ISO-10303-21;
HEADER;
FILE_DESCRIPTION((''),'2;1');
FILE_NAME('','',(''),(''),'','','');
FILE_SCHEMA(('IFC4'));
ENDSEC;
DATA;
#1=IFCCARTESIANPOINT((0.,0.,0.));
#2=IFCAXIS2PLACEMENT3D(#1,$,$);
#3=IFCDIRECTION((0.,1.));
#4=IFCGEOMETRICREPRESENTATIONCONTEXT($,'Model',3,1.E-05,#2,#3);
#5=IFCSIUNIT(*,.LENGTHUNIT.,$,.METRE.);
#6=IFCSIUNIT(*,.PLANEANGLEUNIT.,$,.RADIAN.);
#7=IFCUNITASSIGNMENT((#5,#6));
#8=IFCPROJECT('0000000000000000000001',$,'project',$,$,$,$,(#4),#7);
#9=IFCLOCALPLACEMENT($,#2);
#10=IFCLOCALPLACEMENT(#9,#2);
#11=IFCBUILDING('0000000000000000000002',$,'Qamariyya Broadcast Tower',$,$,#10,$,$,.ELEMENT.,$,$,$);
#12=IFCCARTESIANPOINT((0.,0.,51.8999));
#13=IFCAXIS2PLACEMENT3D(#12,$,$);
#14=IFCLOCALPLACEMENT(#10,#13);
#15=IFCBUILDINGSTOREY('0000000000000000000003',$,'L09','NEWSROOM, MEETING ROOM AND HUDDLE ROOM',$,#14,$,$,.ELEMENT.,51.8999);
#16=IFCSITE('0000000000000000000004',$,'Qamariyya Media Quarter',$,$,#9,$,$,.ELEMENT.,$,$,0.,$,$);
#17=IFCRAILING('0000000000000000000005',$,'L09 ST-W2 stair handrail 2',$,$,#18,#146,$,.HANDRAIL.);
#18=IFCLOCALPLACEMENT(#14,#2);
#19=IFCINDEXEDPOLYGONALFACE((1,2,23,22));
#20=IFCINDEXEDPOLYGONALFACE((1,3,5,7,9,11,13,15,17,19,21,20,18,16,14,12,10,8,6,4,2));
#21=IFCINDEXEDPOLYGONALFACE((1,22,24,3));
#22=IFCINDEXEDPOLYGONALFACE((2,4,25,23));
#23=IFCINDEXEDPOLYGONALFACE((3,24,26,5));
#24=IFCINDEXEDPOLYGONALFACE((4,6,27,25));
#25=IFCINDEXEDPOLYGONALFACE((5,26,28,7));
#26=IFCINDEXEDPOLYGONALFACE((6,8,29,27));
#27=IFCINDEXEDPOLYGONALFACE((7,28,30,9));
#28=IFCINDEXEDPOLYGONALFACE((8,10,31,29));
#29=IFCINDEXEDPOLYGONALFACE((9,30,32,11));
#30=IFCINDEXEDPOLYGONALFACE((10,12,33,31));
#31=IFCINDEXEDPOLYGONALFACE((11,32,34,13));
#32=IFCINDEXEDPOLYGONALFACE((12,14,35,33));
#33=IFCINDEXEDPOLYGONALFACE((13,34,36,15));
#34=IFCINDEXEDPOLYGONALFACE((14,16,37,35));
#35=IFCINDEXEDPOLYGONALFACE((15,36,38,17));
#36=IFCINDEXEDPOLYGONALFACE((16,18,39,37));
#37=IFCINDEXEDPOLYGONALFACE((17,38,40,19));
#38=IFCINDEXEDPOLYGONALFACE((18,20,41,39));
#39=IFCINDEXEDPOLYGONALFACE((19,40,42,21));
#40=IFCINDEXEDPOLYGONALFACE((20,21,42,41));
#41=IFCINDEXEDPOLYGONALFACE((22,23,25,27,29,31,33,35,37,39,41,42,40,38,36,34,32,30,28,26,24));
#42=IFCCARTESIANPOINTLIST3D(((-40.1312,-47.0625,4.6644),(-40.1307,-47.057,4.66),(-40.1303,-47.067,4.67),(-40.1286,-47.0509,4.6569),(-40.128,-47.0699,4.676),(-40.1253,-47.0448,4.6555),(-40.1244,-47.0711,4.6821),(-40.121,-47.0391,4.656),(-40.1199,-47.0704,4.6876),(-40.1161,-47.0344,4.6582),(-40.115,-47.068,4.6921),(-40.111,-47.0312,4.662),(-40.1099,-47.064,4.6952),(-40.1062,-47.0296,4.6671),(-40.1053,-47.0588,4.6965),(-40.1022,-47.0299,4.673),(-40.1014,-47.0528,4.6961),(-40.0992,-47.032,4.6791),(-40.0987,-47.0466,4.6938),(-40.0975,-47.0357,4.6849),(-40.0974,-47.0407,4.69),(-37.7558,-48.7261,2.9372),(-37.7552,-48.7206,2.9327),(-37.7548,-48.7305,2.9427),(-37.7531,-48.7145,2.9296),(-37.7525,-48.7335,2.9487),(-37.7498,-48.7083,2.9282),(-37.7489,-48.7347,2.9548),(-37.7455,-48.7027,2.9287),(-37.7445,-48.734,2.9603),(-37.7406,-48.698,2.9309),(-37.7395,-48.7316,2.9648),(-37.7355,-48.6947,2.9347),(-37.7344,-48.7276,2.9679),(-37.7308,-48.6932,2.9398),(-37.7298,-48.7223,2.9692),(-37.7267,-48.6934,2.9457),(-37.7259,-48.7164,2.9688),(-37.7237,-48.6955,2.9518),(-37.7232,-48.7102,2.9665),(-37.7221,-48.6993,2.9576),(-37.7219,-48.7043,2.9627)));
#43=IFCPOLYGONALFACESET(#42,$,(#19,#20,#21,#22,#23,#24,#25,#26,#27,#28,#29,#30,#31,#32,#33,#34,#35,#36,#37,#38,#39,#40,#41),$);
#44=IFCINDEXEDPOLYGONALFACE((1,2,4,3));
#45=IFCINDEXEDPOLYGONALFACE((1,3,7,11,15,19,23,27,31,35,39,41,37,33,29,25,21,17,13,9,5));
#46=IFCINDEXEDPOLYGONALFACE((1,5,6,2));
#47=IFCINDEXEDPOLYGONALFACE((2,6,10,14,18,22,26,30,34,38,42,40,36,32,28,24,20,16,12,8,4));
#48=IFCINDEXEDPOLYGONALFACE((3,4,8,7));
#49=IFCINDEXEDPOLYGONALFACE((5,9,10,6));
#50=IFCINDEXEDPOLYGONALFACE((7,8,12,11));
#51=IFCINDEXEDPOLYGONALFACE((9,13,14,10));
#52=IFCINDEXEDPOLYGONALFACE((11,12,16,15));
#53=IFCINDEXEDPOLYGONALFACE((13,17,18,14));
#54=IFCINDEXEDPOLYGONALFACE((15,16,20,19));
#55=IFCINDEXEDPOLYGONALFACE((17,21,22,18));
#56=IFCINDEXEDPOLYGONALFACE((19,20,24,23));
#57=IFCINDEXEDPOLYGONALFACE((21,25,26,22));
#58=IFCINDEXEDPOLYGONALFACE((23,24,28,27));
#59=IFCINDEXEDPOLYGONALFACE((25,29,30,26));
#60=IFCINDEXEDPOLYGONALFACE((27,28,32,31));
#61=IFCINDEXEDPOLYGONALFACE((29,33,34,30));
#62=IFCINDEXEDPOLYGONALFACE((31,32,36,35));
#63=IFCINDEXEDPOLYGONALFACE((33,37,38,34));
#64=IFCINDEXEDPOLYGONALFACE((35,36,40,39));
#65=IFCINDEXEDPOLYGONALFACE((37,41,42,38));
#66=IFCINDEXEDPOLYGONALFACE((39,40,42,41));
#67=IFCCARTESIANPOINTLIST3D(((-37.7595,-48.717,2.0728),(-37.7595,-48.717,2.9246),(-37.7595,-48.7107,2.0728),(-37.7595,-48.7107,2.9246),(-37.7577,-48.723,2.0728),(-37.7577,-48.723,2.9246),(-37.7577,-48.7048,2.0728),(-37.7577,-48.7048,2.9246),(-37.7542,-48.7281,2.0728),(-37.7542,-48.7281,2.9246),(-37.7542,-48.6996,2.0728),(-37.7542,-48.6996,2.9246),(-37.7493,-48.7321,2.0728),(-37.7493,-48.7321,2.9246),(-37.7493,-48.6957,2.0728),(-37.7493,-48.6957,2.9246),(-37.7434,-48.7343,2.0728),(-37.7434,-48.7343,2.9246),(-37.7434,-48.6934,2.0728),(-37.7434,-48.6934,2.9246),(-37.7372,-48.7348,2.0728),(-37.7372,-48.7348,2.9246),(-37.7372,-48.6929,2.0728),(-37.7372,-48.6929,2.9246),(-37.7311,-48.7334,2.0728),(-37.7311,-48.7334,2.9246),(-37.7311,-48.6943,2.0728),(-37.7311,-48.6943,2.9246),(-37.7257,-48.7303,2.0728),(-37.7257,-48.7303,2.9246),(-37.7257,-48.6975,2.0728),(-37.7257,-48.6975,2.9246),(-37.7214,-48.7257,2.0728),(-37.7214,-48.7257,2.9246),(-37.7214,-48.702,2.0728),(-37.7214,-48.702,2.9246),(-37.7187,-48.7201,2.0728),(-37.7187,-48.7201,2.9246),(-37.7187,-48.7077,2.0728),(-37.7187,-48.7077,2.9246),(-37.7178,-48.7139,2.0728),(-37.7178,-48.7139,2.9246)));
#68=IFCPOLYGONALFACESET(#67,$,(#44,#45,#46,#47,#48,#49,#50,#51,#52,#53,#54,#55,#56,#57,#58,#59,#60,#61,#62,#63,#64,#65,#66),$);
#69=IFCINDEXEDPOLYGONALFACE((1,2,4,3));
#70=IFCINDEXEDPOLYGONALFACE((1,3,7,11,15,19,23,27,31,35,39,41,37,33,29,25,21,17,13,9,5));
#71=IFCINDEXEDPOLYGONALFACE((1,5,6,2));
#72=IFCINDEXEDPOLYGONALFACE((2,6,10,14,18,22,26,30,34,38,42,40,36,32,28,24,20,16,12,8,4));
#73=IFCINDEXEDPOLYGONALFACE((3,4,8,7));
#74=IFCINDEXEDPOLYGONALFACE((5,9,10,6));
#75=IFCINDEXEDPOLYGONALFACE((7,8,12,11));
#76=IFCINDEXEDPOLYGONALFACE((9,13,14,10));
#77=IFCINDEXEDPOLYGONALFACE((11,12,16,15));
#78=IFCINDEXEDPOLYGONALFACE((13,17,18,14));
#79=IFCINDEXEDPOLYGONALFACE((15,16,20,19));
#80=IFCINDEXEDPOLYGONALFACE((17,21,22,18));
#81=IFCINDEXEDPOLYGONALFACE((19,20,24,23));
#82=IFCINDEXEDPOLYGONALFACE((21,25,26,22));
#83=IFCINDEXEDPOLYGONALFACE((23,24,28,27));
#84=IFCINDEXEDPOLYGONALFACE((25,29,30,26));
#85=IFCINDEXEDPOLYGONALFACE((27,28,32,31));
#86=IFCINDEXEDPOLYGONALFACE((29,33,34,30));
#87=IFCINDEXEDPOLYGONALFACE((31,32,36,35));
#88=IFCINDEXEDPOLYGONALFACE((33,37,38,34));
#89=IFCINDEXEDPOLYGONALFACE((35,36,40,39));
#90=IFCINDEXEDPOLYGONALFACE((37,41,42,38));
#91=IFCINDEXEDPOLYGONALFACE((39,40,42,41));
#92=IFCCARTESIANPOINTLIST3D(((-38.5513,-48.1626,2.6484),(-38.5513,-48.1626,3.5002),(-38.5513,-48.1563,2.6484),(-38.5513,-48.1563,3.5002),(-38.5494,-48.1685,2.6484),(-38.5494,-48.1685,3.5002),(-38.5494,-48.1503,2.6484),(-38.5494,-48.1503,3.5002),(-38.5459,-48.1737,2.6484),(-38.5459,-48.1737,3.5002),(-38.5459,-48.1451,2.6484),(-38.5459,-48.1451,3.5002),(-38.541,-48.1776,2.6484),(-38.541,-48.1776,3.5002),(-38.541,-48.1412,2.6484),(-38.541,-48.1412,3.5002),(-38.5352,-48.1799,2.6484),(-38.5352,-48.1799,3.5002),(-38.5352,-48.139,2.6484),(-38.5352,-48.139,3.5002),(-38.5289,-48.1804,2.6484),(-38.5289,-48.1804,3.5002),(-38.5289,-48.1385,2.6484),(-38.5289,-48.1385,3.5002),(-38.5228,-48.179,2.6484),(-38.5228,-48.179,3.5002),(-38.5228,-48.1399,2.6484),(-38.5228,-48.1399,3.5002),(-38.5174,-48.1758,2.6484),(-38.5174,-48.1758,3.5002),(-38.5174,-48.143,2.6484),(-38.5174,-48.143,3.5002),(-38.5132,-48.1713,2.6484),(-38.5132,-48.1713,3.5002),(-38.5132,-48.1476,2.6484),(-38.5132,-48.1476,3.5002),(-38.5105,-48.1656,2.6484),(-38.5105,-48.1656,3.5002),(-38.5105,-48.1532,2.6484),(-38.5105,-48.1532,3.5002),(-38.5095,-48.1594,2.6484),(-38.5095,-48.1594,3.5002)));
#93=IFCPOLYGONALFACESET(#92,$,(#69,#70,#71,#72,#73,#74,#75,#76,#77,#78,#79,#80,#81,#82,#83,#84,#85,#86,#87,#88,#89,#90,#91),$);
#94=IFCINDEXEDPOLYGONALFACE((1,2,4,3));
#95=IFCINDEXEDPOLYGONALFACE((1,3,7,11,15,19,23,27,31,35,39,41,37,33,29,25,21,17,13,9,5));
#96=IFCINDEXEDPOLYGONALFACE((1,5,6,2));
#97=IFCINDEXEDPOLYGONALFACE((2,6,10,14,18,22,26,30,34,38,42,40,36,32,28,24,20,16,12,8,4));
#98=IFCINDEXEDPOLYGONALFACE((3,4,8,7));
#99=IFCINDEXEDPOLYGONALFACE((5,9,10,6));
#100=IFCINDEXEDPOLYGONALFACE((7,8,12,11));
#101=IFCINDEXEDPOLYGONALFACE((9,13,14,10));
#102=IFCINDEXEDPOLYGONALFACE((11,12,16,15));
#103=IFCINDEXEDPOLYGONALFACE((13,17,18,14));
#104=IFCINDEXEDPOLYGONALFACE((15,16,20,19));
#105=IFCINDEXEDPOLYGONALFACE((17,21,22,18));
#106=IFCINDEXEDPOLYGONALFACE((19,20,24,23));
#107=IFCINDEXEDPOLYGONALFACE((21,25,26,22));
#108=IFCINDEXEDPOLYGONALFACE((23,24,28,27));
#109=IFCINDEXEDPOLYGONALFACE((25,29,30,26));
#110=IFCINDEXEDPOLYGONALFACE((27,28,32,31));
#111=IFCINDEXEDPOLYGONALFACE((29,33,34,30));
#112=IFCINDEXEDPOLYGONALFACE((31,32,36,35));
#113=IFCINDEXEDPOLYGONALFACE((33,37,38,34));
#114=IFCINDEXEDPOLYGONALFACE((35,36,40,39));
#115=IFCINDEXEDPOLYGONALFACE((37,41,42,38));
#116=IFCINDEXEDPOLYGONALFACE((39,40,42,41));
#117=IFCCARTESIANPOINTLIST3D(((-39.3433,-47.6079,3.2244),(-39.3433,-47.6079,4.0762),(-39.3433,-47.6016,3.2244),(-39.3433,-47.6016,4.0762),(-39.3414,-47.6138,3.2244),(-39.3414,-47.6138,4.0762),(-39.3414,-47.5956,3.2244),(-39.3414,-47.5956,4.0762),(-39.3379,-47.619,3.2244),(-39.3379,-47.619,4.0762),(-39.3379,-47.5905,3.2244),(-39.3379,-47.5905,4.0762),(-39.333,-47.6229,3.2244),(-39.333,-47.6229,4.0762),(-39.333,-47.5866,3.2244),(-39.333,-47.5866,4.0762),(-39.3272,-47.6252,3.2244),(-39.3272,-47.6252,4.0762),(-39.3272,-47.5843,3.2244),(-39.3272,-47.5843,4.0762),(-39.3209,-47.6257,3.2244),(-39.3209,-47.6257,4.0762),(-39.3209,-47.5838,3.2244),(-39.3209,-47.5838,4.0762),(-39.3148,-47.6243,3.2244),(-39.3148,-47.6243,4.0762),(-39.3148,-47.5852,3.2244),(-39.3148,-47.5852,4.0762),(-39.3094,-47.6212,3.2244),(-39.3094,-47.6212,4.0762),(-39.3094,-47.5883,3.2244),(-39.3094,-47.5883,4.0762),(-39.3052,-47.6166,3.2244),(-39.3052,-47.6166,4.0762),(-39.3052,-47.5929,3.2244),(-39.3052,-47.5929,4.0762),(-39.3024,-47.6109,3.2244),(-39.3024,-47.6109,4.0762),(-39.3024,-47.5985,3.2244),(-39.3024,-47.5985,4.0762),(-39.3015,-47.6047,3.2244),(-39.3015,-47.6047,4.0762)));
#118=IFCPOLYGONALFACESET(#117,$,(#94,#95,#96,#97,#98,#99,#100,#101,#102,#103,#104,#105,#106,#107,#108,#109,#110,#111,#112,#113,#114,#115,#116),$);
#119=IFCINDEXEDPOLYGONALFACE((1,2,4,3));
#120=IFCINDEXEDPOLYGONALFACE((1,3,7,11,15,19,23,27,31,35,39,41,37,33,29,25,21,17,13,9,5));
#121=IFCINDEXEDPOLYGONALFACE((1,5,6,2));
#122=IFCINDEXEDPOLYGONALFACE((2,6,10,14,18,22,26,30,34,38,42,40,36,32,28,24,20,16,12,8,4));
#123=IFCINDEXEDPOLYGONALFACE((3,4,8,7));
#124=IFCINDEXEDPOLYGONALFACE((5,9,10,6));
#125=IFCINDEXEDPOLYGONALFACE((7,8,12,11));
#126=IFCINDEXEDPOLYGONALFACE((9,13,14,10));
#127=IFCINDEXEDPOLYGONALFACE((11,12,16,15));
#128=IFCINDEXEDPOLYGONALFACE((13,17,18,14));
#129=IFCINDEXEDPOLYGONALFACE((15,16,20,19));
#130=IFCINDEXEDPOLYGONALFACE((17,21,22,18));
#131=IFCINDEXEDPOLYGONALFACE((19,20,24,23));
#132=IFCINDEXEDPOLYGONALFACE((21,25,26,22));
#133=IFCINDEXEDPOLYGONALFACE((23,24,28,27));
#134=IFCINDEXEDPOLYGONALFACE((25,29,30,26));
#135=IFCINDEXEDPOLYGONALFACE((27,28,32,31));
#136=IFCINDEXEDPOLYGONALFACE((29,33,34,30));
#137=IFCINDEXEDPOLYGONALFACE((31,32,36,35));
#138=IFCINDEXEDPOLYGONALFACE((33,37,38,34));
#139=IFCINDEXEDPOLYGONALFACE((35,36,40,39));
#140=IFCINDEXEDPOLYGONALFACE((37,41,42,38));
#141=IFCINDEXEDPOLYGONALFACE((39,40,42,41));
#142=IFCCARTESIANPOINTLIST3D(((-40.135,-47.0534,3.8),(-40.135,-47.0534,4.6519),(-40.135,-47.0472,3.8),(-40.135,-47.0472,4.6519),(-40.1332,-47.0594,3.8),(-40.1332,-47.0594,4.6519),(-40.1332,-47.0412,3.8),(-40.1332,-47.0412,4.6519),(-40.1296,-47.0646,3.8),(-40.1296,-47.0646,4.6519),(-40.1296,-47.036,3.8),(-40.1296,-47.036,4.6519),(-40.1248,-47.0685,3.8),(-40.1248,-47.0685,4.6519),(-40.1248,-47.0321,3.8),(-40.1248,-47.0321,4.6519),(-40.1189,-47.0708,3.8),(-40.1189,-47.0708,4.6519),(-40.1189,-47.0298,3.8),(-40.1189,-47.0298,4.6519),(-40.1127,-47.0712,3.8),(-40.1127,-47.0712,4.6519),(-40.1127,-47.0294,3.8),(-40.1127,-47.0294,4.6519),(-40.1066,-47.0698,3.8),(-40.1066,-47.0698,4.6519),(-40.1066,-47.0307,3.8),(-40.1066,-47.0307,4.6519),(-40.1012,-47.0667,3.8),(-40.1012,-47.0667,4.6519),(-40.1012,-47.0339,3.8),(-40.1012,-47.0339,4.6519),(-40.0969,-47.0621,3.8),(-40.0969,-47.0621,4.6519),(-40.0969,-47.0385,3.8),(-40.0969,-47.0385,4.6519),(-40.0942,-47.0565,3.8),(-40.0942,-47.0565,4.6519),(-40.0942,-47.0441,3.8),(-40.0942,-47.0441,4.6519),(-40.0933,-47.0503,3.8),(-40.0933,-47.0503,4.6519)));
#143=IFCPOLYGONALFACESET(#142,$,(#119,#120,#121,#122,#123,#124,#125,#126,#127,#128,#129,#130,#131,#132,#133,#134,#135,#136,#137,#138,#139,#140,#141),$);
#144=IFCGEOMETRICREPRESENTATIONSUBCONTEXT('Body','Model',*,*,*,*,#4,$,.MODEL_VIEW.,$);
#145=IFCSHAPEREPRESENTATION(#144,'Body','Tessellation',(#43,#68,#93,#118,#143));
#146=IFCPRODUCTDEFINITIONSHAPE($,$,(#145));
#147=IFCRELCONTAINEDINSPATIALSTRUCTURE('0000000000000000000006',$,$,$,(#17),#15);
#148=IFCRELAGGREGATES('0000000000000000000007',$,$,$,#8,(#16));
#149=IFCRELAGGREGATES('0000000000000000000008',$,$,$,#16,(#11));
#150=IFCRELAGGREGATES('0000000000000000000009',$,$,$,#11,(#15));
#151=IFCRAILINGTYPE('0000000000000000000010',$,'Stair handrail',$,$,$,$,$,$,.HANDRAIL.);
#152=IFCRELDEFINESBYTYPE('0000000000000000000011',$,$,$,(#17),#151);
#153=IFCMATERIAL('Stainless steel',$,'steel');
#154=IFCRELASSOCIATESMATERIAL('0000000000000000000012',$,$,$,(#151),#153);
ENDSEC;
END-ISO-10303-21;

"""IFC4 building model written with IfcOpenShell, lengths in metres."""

from ifc_helpers import new_model, si_unit, direction, frame, origin, origin_2d, place, context, subcontext, project, spatial, circle, extrude, material, type_object, element, save


model = new_model("IFC4")

# Units and contexts
model_context = context("Model", 3, precision=1e-05, world=origin(), true_north=direction((0.0, 1.0)))
body_context = subcontext(model_context, "Body", "Model", "MODEL_VIEW")
ifc_project = project(units=[si_unit("LENGTHUNIT", "METRE"), si_unit("PLANEANGLEUNIT", "RADIAN")], contexts=[model_context])

# Site, building, storey
site_placement = place(None, origin())
site = spatial("IfcSite", under=ifc_project, at=site_placement, Name="Qamariyya Media Quarter", CompositionType="ELEMENT", RefElevation=0.0)
building_placement = place(site_placement, origin())
building = spatial("IfcBuilding", under=site, at=building_placement, Name="Qamariyya Broadcast Tower", CompositionType="ELEMENT")
storey_placement = place(building_placement, frame((0.0, 0.0, 51.8999)))
storey = spatial("IfcBuildingStorey", under=building, at=storey_placement, Name="L09", Description="NEWSROOM, MEETING ROOM AND HUDDLE ROOM", CompositionType="ELEMENT", Elevation=51.8999)

# Railing
ifc_material_1 = material(Name="Stainless steel", Category="steel")
railing_type = type_object("IfcRailingType", Name="Stair handrail", PredefinedType="HANDRAIL", material=ifc_material_1)
railing_placement = place(storey_placement, frame((-37.7388, -48.7139, 2.0728)))
element("IfcRailing", 1, at=railing_placement, inside=storey, type_object=railing_type, Name="L09 ST-W2 stair handrail 2", PredefinedType="HANDRAIL", context=body_context, shape_type="SweptSolid", body=[
    extrude(circle(Radius=0.0239, at=origin_2d()), frame((0.0, 0.0, 0.876), z_axis=(-0.703745, 0.492838, 0.511716), x_axis=(-0.573632, -0.819113, 0.0)), (0.0, 0.0, 1.0), 3.3755),
    extrude(circle(Radius=0.021, at=origin_2d()), origin(), (0.0, 0.0, 1.0), 0.8518),
    extrude(circle(Radius=0.021, at=origin_2d()), frame((-0.7917, 0.5544, 0.5757)), (0.0, 0.0, 1.0), 0.8518),
    extrude(circle(Radius=0.021, at=origin_2d()), frame((-1.5837, 1.1091, 1.1516)), (0.0, 0.0, 1.0), 0.8518),
    extrude(circle(Radius=0.021, at=origin_2d()), frame((-2.3755, 1.6636, 1.7273)), (0.0, 0.0, 1.0), 0.8518),
])

save(model, "model.ifc")
